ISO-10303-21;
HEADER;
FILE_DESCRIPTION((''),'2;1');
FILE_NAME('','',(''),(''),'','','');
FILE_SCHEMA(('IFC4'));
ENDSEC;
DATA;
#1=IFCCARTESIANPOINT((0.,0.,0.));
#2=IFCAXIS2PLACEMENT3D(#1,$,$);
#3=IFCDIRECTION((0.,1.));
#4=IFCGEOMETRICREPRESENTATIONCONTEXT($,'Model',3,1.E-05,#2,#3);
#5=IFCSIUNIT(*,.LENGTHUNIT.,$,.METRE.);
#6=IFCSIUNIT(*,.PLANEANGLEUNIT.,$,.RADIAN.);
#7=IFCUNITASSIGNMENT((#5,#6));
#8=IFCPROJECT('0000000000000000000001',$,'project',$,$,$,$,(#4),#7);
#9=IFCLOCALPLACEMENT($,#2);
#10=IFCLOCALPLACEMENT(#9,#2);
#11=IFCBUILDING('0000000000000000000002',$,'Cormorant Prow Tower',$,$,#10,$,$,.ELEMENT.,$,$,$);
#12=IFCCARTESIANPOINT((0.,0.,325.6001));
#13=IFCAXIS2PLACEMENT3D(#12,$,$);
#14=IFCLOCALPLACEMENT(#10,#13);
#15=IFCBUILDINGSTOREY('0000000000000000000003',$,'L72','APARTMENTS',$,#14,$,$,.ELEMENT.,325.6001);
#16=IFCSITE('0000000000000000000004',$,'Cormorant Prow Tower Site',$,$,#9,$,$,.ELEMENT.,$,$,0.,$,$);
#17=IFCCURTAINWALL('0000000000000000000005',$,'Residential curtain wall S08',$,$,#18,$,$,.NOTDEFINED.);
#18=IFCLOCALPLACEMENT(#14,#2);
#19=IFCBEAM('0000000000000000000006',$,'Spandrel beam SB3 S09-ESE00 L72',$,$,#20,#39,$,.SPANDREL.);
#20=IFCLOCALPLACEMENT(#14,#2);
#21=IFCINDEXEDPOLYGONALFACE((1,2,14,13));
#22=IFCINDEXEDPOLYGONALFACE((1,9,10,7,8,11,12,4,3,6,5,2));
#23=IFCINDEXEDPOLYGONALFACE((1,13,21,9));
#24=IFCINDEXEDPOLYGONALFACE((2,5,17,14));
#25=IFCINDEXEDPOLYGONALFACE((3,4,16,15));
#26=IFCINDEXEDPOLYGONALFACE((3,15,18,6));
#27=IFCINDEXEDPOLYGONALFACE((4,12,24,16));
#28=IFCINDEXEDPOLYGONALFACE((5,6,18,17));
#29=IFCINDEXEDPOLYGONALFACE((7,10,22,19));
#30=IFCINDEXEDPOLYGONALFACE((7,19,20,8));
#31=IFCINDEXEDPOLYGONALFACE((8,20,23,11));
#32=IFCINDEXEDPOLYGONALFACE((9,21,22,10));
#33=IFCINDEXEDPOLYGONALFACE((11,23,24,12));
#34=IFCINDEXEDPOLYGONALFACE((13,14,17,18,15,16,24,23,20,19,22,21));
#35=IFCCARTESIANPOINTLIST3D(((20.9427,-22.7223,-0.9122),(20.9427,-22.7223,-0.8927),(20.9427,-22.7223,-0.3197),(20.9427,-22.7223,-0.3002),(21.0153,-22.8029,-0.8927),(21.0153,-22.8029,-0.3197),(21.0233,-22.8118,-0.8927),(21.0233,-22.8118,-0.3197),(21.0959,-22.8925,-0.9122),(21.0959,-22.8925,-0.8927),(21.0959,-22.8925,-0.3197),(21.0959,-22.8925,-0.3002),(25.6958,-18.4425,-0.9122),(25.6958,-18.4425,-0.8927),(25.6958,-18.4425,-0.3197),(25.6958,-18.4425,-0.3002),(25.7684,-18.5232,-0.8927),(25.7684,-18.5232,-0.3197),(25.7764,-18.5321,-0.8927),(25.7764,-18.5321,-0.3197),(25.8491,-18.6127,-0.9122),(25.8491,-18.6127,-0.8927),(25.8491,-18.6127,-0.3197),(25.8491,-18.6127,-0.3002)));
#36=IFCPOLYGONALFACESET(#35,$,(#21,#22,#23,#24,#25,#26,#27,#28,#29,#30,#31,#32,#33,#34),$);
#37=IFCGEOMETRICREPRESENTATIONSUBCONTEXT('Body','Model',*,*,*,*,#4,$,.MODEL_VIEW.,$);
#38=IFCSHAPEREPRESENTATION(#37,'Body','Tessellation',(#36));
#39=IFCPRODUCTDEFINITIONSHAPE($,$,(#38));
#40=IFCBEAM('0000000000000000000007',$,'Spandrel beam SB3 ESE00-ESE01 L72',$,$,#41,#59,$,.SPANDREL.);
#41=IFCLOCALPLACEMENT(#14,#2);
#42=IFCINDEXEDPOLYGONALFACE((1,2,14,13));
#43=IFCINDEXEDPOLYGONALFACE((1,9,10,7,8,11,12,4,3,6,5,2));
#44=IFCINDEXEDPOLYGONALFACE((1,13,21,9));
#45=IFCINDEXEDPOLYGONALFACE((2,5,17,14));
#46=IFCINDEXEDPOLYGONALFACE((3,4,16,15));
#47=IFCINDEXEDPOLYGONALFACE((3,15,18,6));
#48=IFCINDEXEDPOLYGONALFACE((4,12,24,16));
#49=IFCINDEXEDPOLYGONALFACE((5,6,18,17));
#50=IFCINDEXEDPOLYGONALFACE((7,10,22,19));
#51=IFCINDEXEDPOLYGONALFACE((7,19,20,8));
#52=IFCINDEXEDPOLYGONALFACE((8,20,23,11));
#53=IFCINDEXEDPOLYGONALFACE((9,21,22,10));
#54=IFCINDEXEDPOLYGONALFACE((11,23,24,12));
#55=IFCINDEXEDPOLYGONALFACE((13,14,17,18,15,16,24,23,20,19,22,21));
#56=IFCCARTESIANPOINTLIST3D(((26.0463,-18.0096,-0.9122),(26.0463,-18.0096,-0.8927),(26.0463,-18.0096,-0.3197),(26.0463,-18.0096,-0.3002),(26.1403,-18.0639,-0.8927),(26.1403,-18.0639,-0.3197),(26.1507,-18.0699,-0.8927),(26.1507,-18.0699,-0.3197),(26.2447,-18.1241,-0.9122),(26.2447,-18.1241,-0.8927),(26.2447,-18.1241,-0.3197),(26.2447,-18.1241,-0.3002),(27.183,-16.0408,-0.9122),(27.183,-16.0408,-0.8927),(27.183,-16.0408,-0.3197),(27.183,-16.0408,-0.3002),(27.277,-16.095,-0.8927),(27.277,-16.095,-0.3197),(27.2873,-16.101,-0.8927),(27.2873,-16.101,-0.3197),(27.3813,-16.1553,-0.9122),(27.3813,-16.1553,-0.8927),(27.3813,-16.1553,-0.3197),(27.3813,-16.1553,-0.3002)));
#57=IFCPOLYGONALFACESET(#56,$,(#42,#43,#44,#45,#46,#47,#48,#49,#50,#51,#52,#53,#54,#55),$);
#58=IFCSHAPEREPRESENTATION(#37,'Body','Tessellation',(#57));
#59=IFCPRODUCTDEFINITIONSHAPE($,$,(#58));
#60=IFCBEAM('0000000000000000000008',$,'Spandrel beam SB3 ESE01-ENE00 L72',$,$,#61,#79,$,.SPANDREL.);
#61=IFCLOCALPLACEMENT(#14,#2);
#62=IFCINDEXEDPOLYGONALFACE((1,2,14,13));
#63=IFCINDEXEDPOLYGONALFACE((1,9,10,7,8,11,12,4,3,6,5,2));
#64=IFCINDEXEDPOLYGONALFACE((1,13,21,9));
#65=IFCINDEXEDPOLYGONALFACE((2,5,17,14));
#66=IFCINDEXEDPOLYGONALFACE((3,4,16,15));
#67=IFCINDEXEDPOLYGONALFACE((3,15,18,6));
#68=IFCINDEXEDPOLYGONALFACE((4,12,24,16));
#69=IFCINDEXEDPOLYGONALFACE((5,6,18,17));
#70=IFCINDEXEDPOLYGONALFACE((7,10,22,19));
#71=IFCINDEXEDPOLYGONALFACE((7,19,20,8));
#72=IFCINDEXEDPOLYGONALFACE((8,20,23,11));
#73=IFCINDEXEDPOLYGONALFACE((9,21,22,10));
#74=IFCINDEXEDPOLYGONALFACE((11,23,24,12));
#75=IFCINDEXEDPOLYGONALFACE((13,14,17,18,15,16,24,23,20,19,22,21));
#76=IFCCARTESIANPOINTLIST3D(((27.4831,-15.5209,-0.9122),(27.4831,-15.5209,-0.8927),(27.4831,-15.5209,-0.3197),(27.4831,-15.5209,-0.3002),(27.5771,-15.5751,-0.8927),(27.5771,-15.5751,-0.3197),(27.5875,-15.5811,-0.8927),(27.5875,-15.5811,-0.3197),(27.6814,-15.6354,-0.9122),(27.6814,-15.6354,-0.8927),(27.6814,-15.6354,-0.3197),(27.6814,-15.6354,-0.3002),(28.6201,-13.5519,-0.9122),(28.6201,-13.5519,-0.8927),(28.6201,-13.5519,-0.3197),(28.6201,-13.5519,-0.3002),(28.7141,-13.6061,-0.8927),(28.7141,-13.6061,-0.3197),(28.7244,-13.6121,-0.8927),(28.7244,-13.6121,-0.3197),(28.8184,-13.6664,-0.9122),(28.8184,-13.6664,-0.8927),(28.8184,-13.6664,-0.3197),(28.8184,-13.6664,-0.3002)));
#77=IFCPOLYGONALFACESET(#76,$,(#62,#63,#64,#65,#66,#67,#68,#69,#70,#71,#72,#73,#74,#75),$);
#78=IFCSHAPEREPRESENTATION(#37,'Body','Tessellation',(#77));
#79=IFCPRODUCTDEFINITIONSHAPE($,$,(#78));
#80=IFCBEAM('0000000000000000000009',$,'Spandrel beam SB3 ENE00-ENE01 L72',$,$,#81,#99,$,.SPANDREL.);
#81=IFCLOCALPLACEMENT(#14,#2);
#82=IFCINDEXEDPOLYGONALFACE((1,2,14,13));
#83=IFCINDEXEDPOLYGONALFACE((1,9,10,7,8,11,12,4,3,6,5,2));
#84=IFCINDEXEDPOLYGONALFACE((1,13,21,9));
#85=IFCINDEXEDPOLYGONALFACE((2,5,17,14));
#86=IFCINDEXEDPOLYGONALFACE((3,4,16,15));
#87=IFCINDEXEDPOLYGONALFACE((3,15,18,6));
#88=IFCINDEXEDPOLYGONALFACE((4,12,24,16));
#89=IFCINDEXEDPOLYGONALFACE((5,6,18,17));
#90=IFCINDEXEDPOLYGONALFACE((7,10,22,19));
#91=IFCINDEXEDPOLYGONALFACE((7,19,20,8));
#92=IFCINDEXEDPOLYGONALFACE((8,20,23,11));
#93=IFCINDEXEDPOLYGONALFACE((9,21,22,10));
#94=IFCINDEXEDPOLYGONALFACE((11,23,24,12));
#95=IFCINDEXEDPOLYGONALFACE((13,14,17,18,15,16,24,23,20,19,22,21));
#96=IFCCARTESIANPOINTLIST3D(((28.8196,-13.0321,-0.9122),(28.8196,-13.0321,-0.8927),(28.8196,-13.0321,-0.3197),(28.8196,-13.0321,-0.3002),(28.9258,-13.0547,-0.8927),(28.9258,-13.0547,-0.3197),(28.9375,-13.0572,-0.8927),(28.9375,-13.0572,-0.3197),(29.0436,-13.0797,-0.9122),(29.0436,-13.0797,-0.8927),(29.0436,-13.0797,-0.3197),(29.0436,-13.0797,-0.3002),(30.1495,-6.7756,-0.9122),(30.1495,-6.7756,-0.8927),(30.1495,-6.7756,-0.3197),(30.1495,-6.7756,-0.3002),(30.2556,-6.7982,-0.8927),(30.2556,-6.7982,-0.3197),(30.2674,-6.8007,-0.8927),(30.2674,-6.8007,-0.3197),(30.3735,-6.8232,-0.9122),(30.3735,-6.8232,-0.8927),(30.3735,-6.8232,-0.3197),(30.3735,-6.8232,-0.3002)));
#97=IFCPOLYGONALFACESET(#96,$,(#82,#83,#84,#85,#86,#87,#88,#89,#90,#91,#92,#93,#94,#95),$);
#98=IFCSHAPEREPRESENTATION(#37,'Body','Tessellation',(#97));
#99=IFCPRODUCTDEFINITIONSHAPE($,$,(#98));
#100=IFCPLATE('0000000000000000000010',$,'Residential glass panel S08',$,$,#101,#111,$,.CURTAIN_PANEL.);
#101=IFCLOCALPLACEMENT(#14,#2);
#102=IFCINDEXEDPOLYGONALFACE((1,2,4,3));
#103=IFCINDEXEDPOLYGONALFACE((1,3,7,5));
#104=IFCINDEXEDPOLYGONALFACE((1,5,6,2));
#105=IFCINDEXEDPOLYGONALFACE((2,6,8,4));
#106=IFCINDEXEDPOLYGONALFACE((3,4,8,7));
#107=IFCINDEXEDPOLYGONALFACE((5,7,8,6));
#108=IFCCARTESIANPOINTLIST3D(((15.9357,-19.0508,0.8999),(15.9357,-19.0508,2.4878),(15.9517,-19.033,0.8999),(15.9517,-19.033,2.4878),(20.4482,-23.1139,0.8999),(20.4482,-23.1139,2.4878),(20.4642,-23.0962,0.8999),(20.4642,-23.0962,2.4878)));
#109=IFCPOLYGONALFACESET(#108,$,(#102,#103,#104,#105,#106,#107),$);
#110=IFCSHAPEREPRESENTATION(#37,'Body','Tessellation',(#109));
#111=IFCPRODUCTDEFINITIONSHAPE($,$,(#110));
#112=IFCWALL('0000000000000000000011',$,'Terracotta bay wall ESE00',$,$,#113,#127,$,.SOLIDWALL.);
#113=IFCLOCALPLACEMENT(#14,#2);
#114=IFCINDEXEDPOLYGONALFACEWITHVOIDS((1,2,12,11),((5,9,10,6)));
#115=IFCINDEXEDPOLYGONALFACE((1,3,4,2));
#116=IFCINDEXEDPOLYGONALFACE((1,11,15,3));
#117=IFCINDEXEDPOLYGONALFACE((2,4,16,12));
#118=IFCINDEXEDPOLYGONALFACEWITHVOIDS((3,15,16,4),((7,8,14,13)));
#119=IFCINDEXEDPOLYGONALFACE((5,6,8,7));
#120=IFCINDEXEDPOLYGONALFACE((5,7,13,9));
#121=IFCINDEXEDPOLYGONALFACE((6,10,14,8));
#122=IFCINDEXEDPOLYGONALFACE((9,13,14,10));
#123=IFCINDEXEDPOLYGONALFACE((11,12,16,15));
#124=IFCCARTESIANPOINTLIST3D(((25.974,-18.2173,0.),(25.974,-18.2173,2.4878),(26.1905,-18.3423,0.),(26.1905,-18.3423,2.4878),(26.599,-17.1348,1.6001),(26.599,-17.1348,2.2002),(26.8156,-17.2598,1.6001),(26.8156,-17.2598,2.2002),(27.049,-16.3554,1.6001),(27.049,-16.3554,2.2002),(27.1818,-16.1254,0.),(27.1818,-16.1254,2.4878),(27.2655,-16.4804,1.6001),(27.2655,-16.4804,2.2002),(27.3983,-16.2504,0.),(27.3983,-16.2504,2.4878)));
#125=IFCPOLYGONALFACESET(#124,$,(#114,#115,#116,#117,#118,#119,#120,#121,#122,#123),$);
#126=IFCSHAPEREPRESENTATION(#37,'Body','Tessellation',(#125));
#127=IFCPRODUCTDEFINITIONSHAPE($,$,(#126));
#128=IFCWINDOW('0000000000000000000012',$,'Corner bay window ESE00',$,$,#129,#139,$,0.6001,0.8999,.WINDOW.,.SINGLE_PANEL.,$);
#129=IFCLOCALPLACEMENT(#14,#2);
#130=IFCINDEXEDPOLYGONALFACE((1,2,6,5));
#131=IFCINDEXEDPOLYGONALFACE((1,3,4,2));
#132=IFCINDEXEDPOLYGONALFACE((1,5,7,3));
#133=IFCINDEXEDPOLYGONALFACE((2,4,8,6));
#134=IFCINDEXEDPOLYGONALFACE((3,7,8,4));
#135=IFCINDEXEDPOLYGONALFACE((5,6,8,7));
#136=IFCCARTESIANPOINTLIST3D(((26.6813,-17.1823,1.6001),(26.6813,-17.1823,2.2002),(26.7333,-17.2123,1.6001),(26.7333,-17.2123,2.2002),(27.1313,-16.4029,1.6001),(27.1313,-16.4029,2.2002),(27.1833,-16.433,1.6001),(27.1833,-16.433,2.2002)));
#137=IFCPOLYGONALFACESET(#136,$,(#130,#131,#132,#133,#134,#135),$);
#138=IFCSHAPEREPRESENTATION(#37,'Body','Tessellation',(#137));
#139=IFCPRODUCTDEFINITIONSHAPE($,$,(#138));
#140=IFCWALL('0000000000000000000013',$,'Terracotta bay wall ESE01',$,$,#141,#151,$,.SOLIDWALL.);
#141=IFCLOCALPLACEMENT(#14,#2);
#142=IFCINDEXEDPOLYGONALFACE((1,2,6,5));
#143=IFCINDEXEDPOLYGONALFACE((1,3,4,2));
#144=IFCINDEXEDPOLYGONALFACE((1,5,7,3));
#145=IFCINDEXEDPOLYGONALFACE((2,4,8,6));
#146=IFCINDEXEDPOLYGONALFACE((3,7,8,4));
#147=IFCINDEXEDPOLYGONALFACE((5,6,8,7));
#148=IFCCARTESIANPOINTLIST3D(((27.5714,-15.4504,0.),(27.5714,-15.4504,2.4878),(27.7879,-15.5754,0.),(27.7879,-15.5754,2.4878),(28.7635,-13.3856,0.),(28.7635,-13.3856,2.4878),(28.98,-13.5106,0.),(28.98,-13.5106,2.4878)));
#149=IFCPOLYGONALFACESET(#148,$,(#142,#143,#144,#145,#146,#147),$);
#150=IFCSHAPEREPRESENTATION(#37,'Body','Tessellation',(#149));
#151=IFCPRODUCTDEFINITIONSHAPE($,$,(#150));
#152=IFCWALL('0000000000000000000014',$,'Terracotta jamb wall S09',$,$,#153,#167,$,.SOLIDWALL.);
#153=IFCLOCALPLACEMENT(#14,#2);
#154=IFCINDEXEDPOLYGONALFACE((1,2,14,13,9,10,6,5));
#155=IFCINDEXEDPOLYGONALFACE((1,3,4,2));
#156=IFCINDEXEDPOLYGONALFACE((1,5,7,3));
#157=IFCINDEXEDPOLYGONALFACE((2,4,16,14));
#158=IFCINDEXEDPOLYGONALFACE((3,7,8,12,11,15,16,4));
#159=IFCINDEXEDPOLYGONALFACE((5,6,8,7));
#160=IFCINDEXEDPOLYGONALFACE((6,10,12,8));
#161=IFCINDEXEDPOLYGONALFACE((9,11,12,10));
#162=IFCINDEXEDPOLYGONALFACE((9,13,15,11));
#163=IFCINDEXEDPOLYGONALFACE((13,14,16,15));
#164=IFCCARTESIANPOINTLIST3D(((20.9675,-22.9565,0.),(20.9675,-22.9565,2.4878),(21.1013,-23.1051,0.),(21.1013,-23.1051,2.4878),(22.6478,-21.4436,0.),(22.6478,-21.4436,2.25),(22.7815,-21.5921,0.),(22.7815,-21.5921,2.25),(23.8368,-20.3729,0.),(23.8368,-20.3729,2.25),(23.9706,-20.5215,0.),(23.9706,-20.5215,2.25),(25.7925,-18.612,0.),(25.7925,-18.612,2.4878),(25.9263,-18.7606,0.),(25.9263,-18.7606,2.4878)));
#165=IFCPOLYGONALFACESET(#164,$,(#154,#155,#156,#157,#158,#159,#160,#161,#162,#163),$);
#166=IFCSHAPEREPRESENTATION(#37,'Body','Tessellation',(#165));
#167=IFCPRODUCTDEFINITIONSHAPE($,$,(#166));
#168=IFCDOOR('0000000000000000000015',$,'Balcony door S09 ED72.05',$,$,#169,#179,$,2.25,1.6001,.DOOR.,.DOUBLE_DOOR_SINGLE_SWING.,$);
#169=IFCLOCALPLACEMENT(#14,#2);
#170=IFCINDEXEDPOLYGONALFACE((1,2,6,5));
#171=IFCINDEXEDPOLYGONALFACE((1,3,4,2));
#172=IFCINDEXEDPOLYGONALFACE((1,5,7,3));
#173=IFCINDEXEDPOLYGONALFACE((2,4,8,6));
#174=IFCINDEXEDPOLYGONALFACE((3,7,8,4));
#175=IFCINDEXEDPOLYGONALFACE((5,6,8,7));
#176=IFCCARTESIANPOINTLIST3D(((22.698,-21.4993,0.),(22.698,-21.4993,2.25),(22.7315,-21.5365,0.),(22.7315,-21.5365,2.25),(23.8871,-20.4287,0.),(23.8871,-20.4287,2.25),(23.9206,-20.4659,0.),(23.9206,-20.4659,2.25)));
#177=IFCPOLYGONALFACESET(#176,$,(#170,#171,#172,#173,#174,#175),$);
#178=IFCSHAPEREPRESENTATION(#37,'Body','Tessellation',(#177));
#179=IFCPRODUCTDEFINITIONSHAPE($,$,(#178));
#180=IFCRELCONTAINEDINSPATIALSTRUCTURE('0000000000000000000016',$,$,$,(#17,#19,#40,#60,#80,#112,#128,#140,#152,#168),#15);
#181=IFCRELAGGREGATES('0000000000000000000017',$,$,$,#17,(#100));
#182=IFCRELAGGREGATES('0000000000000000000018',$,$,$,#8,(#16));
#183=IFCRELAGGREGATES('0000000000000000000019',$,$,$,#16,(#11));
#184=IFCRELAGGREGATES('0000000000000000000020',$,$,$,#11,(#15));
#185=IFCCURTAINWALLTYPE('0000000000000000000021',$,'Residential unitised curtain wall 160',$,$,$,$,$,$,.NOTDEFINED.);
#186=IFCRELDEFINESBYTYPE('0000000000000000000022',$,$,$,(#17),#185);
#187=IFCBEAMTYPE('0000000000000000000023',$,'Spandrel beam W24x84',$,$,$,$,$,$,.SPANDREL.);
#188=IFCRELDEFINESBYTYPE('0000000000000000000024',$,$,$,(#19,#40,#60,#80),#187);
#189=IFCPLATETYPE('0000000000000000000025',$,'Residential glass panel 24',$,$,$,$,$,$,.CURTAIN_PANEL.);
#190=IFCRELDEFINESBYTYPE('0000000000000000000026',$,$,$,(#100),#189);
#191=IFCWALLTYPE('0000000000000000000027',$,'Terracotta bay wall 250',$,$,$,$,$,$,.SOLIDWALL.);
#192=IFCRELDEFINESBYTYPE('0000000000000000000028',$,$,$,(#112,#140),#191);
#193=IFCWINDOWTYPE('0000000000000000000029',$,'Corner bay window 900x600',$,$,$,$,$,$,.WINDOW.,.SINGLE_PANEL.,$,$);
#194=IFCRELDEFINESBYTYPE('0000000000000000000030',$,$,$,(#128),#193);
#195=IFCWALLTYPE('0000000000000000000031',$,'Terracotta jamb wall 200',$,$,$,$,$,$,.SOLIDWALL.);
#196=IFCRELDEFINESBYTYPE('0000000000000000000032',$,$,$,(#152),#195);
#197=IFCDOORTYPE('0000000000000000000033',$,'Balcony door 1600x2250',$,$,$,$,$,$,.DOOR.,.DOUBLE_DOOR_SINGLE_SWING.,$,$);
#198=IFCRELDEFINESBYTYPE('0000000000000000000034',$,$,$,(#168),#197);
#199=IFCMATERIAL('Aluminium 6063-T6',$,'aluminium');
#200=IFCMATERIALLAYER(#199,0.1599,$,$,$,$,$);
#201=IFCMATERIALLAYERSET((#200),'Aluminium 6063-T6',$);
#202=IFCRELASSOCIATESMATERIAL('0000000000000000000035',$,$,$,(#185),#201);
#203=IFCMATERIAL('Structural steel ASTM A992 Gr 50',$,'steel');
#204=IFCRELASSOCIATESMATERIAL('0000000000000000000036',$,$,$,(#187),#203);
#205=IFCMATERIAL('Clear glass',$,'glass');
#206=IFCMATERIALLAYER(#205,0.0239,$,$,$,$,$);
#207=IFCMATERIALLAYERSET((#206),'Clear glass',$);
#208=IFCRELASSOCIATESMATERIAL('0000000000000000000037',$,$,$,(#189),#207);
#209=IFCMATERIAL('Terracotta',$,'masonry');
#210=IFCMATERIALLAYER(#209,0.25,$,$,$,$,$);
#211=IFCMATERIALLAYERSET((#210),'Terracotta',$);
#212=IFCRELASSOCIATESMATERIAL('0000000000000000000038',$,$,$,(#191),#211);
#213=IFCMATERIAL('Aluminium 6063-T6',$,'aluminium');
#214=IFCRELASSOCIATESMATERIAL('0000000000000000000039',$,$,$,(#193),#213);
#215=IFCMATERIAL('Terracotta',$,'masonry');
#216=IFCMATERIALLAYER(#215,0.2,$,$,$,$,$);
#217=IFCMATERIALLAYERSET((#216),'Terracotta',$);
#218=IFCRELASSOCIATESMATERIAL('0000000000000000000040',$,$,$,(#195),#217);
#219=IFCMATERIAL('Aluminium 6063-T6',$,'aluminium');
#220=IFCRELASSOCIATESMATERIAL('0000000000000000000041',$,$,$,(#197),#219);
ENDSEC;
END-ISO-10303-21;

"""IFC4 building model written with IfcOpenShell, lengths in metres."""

from ifc_helpers import new_model, si_unit, direction, frame, frame_2d, origin, origin_2d, place, context, subcontext, project, spatial, rectangle, i_section, extrude, material, layer, layer_set, material_profile, profile_set, type_object, element, fill, aggregate, save


model = new_model("IFC4")

# Units and contexts
model_context = context("Model", 3, precision=1e-05, world=origin(), true_north=direction((0.0, 1.0)))
body_context = subcontext(model_context, "Body", "Model", "MODEL_VIEW")
ifc_project = project(units=[si_unit("LENGTHUNIT", "METRE"), si_unit("PLANEANGLEUNIT", "RADIAN")], contexts=[model_context])

# Site, building, storey
site_placement = place(None, origin())
site = spatial("IfcSite", under=ifc_project, at=site_placement, Name="Cormorant Prow Tower Site", CompositionType="ELEMENT", RefElevation=0.0)
building_placement = place(site_placement, origin())
building = spatial("IfcBuilding", under=site, at=building_placement, Name="Cormorant Prow Tower", CompositionType="ELEMENT")
storey_placement = place(building_placement, frame((0.0, 0.0, 325.6001)))
storey = spatial("IfcBuildingStorey", under=building, at=storey_placement, Name="L72", Description="APARTMENTS", CompositionType="ELEMENT", Elevation=325.6001)

# Curtain wall
ifc_material_1 = material(Name="Aluminium 6063-T6", Category="aluminium")
ifc_layer_1 = layer(ifc_material_1, 0.1599)
ifc_layer_set_1 = layer_set([ifc_layer_1], Name="Aluminium 6063-T6")
curtain_wall_type = type_object("IfcCurtainWallType", Name="Residential unitised curtain wall 160", PredefinedType="NOTDEFINED", material=ifc_layer_set_1)
curtain_wall_1_placement = place(storey_placement, origin())
curtain_wall_1 = element("IfcCurtainWall", 1, at=curtain_wall_1_placement, inside=storey, type_object=curtain_wall_type, Name="Residential curtain wall S08", PredefinedType="NOTDEFINED")

# Beams
ifc_material_2 = material(Name="Structural steel ASTM A992 Gr 50", Category="steel")
ifc_material_profile_1 = material_profile(ifc_material_2, i_section(OverallWidth=0.229, OverallDepth=0.6121, WebThickness=0.012, FlangeThickness=0.0195, at=origin_2d()), Name="W24x84")
ifc_profile_set_1 = profile_set([ifc_material_profile_1], Name="Structural steel ASTM A992 Gr 50")
beam_type = type_object("IfcBeamType", Name="Spandrel beam W24x84", PredefinedType="SPANDREL", material=ifc_profile_set_1)
beam_1_placement = place(storey_placement, frame((21.0193, -22.8074, -0.6062), z_axis=(0.743144, 0.669131, 0.0), x_axis=(-0.669131, 0.743144, 0.0)))
element("IfcBeam", 2, at=beam_1_placement, inside=storey, type_object=beam_type, Name="Spandrel beam SB3 S09-ESE00 L72", PredefinedType="SPANDREL", context=body_context, shape_type="SweptSolid", body=[
    extrude(i_section(OverallWidth=0.229, OverallDepth=0.6121, WebThickness=0.012, FlangeThickness=0.0195, at=origin_2d()), origin(), (0.0, 0.0, 1.0), 6.396),
])
beam_2_placement = place(storey_placement, frame((26.1455, -18.0669, -0.6062), z_axis=(0.499973, 0.866041, 0.0), x_axis=(-0.866041, 0.499973, 0.0)))
element("IfcBeam", 3, at=beam_2_placement, inside=storey, type_object=beam_type, Name="Spandrel beam SB3 ESE00-ESE01 L72", PredefinedType="SPANDREL", context=body_context, shape_type="SweptSolid", body=[
    extrude(i_section(OverallWidth=0.229, OverallDepth=0.6121, WebThickness=0.012, FlangeThickness=0.0195, at=origin_2d()), origin(), (0.0, 0.0, 1.0), 2.2734),
])
beam_3_placement = place(storey_placement, frame((27.5823, -15.5781, -0.6062), z_axis=(0.500054, 0.865994, 0.0), x_axis=(-0.865994, 0.500054, 0.0)))
element("IfcBeam", 4, at=beam_3_placement, inside=storey, type_object=beam_type, Name="Spandrel beam SB3 ESE01-ENE00 L72", PredefinedType="SPANDREL", context=body_context, shape_type="SweptSolid", body=[
    extrude(i_section(OverallWidth=0.229, OverallDepth=0.6121, WebThickness=0.012, FlangeThickness=0.0195, at=origin_2d()), origin(), (0.0, 0.0, 1.0), 2.2737),
])
beam_4_placement = place(storey_placement, frame((28.9316, -13.0559, -0.6062), z_axis=(0.207913, 0.978147, 0.0), x_axis=(-0.978147, 0.207913, 0.0)))
element("IfcBeam", 5, at=beam_4_placement, inside=storey, type_object=beam_type, Name="Spandrel beam SB3 ENE00-ENE01 L72", PredefinedType="SPANDREL", context=body_context, shape_type="SweptSolid", body=[
    extrude(i_section(OverallWidth=0.229, OverallDepth=0.6121, WebThickness=0.012, FlangeThickness=0.0195, at=origin_2d()), origin(), (0.0, 0.0, 1.0), 6.3962),
])

# Plate
ifc_material_3 = material(Name="Clear glass", Category="glass")
ifc_layer_2 = layer(ifc_material_3, 0.0239)
ifc_layer_set_2 = layer_set([ifc_layer_2], Name="Clear glass")
plate_type = type_object("IfcPlateType", Name="Residential glass panel 24", PredefinedType="CURTAIN_PANEL", material=ifc_layer_set_2)
plate_placement = place(storey_placement, frame((18.2, -21.0735, 0.8999), z_axis=(0.0, 0.0, 1.0), x_axis=(0.743145, -0.669131, 0.0)))
plate = element("IfcPlate", 6, at=plate_placement, type_object=plate_type, Name="Residential glass panel S08", PredefinedType="CURTAIN_PANEL", context=body_context, shape_type="SweptSolid", body=[
    extrude(rectangle(XDim=6.0723, YDim=0.0239, at=origin_2d()), origin(), (0.0, 0.0, 1.0), 1.5879),
])
aggregate(curtain_wall_1, [plate])

# Wall, opening, window
ifc_material_4 = material(Name="Terracotta", Category="masonry")
ifc_layer_3 = layer(ifc_material_4, 0.25)
ifc_layer_set_3 = layer_set([ifc_layer_3], Name="Terracotta")
wall_type_1 = type_object("IfcWallType", Name="Terracotta bay wall 250", PredefinedType="SOLIDWALL", material=ifc_layer_set_3)
wall_1_placement = place(storey_placement, frame((26.0823, -18.2798, 0.0), z_axis=(0.0, 0.0, 1.0), x_axis=(0.50002, 0.866014, 0.0)))
wall_1 = element("IfcWall", 7, at=wall_1_placement, inside=storey, type_object=wall_type_1, Name="Terracotta bay wall ESE00", PredefinedType="SOLIDWALL", context=body_context, shape_type="SweptSolid", body=[
    extrude(rectangle(XDim=2.4155, YDim=0.25, at=frame_2d((1.2078, 0.0))), origin(), (0.0, 0.0, 1.0), 2.4878),
])
opening_1_placement = place(wall_1_placement, frame((1.25, 0.0, 1.6001)))
opening_1 = element("IfcOpeningElement", 8, at=opening_1_placement, cuts=wall_1, PredefinedType="OPENING", context=body_context, shape_type="SweptSolid", body=[
    extrude(rectangle(XDim=0.8999, YDim=0.6001, at=frame_2d((0.45, 0.3))), frame((0.0, 0.135, 0.0), z_axis=(0.0, -1.0, 0.0), x_axis=(1.0, 0.0, 0.0)), (0.0, 0.0, 1.0), 0.27),
])
ifc_material_5 = material(Name="Aluminium 6063-T6", Category="aluminium")
window_type = type_object("IfcWindowType", Name="Corner bay window 900x600", PartitioningType="SINGLE_PANEL", PredefinedType="WINDOW", material=ifc_material_5)
window_placement = place(opening_1_placement, origin())
window = element("IfcWindow", 9, at=window_placement, inside=storey, type_object=window_type, Name="Corner bay window ESE00", OverallHeight=0.6001, OverallWidth=0.8999, PartitioningType="SINGLE_PANEL", PredefinedType="WINDOW", context=body_context, shape_type="SweptSolid", body=[
    extrude(rectangle(XDim=0.8999, YDim=0.6001, at=frame_2d((0.45, 0.3))), frame((0.0, 0.03, 0.0), z_axis=(0.0, -1.0, 0.0), x_axis=(1.0, 0.0, 0.0)), (0.0, 0.0, 1.0), 0.0601),
])
fill(opening_1, window)

# Wall
wall_2_placement = place(storey_placement, frame((27.6797, -15.5129, 0.0), z_axis=(0.0, 0.0, 1.0), x_axis=(0.499982, 0.866036, 0.0)))
element("IfcWall", 10, at=wall_2_placement, inside=storey, type_object=wall_type_1, Name="Terracotta bay wall ESE01", PredefinedType="SOLIDWALL", context=body_context, shape_type="SweptSolid", body=[
    extrude(rectangle(XDim=2.3843, YDim=0.25, at=frame_2d((1.1921, 0.0))), origin(), (0.0, 0.0, 1.0), 2.4878),
])

# Wall, opening, door
ifc_material_6 = material(Name="Terracotta", Category="masonry")
ifc_layer_4 = layer(ifc_material_6, 0.2)
ifc_layer_set_4 = layer_set([ifc_layer_4], Name="Terracotta")
wall_type_2 = type_object("IfcWallType", Name="Terracotta jamb wall 200", PredefinedType="SOLIDWALL", material=ifc_layer_set_4)
wall_3_placement = place(storey_placement, frame((21.0344, -23.0308, 0.0), z_axis=(0.0, 0.0, 1.0), x_axis=(0.743139, 0.669137, 0.0)))
wall_3 = element("IfcWall", 11, at=wall_3_placement, inside=storey, type_object=wall_type_2, Name="Terracotta jamb wall S09", PredefinedType="SOLIDWALL", context=body_context, shape_type="SweptSolid", body=[
    extrude(rectangle(XDim=6.4927, YDim=0.2, at=frame_2d((3.2463, 0.0))), origin(), (0.0, 0.0, 1.0), 2.4878),
])
opening_2_placement = place(wall_3_placement, frame((2.261, 0.0, 0.0)))
opening_2 = element("IfcOpeningElement", 12, at=opening_2_placement, cuts=wall_3, PredefinedType="OPENING", context=body_context, shape_type="SweptSolid", body=[
    extrude(rectangle(XDim=1.6001, YDim=2.25, at=frame_2d((0.8, 1.125))), frame((0.0, 0.1099, 0.0), z_axis=(0.0, -1.0, 0.0), x_axis=(1.0, 0.0, 0.0)), (0.0, 0.0, 1.0), 0.22),
])
ifc_material_7 = material(Name="Aluminium 6063-T6", Category="aluminium")
door_type = type_object("IfcDoorType", Name="Balcony door 1600x2250", OperationType="DOUBLE_DOOR_SINGLE_SWING", PredefinedType="DOOR", material=ifc_material_7)
door_placement = place(opening_2_placement, origin())
door = element("IfcDoor", 13, at=door_placement, inside=storey, type_object=door_type, Name="Balcony door S09 ED72.05", OperationType="DOUBLE_DOOR_SINGLE_SWING", OverallHeight=2.25, OverallWidth=1.6001, PredefinedType="DOOR", context=body_context, shape_type="SweptSolid", body=[
    extrude(rectangle(XDim=1.6001, YDim=2.25, at=frame_2d((0.8, 1.125))), frame((0.0, 0.0249, 0.0), z_axis=(0.0, -1.0, 0.0), x_axis=(1.0, 0.0, 0.0)), (0.0, 0.0, 1.0), 0.05),
])
fill(opening_2, door)

save(model, "model.ifc")
